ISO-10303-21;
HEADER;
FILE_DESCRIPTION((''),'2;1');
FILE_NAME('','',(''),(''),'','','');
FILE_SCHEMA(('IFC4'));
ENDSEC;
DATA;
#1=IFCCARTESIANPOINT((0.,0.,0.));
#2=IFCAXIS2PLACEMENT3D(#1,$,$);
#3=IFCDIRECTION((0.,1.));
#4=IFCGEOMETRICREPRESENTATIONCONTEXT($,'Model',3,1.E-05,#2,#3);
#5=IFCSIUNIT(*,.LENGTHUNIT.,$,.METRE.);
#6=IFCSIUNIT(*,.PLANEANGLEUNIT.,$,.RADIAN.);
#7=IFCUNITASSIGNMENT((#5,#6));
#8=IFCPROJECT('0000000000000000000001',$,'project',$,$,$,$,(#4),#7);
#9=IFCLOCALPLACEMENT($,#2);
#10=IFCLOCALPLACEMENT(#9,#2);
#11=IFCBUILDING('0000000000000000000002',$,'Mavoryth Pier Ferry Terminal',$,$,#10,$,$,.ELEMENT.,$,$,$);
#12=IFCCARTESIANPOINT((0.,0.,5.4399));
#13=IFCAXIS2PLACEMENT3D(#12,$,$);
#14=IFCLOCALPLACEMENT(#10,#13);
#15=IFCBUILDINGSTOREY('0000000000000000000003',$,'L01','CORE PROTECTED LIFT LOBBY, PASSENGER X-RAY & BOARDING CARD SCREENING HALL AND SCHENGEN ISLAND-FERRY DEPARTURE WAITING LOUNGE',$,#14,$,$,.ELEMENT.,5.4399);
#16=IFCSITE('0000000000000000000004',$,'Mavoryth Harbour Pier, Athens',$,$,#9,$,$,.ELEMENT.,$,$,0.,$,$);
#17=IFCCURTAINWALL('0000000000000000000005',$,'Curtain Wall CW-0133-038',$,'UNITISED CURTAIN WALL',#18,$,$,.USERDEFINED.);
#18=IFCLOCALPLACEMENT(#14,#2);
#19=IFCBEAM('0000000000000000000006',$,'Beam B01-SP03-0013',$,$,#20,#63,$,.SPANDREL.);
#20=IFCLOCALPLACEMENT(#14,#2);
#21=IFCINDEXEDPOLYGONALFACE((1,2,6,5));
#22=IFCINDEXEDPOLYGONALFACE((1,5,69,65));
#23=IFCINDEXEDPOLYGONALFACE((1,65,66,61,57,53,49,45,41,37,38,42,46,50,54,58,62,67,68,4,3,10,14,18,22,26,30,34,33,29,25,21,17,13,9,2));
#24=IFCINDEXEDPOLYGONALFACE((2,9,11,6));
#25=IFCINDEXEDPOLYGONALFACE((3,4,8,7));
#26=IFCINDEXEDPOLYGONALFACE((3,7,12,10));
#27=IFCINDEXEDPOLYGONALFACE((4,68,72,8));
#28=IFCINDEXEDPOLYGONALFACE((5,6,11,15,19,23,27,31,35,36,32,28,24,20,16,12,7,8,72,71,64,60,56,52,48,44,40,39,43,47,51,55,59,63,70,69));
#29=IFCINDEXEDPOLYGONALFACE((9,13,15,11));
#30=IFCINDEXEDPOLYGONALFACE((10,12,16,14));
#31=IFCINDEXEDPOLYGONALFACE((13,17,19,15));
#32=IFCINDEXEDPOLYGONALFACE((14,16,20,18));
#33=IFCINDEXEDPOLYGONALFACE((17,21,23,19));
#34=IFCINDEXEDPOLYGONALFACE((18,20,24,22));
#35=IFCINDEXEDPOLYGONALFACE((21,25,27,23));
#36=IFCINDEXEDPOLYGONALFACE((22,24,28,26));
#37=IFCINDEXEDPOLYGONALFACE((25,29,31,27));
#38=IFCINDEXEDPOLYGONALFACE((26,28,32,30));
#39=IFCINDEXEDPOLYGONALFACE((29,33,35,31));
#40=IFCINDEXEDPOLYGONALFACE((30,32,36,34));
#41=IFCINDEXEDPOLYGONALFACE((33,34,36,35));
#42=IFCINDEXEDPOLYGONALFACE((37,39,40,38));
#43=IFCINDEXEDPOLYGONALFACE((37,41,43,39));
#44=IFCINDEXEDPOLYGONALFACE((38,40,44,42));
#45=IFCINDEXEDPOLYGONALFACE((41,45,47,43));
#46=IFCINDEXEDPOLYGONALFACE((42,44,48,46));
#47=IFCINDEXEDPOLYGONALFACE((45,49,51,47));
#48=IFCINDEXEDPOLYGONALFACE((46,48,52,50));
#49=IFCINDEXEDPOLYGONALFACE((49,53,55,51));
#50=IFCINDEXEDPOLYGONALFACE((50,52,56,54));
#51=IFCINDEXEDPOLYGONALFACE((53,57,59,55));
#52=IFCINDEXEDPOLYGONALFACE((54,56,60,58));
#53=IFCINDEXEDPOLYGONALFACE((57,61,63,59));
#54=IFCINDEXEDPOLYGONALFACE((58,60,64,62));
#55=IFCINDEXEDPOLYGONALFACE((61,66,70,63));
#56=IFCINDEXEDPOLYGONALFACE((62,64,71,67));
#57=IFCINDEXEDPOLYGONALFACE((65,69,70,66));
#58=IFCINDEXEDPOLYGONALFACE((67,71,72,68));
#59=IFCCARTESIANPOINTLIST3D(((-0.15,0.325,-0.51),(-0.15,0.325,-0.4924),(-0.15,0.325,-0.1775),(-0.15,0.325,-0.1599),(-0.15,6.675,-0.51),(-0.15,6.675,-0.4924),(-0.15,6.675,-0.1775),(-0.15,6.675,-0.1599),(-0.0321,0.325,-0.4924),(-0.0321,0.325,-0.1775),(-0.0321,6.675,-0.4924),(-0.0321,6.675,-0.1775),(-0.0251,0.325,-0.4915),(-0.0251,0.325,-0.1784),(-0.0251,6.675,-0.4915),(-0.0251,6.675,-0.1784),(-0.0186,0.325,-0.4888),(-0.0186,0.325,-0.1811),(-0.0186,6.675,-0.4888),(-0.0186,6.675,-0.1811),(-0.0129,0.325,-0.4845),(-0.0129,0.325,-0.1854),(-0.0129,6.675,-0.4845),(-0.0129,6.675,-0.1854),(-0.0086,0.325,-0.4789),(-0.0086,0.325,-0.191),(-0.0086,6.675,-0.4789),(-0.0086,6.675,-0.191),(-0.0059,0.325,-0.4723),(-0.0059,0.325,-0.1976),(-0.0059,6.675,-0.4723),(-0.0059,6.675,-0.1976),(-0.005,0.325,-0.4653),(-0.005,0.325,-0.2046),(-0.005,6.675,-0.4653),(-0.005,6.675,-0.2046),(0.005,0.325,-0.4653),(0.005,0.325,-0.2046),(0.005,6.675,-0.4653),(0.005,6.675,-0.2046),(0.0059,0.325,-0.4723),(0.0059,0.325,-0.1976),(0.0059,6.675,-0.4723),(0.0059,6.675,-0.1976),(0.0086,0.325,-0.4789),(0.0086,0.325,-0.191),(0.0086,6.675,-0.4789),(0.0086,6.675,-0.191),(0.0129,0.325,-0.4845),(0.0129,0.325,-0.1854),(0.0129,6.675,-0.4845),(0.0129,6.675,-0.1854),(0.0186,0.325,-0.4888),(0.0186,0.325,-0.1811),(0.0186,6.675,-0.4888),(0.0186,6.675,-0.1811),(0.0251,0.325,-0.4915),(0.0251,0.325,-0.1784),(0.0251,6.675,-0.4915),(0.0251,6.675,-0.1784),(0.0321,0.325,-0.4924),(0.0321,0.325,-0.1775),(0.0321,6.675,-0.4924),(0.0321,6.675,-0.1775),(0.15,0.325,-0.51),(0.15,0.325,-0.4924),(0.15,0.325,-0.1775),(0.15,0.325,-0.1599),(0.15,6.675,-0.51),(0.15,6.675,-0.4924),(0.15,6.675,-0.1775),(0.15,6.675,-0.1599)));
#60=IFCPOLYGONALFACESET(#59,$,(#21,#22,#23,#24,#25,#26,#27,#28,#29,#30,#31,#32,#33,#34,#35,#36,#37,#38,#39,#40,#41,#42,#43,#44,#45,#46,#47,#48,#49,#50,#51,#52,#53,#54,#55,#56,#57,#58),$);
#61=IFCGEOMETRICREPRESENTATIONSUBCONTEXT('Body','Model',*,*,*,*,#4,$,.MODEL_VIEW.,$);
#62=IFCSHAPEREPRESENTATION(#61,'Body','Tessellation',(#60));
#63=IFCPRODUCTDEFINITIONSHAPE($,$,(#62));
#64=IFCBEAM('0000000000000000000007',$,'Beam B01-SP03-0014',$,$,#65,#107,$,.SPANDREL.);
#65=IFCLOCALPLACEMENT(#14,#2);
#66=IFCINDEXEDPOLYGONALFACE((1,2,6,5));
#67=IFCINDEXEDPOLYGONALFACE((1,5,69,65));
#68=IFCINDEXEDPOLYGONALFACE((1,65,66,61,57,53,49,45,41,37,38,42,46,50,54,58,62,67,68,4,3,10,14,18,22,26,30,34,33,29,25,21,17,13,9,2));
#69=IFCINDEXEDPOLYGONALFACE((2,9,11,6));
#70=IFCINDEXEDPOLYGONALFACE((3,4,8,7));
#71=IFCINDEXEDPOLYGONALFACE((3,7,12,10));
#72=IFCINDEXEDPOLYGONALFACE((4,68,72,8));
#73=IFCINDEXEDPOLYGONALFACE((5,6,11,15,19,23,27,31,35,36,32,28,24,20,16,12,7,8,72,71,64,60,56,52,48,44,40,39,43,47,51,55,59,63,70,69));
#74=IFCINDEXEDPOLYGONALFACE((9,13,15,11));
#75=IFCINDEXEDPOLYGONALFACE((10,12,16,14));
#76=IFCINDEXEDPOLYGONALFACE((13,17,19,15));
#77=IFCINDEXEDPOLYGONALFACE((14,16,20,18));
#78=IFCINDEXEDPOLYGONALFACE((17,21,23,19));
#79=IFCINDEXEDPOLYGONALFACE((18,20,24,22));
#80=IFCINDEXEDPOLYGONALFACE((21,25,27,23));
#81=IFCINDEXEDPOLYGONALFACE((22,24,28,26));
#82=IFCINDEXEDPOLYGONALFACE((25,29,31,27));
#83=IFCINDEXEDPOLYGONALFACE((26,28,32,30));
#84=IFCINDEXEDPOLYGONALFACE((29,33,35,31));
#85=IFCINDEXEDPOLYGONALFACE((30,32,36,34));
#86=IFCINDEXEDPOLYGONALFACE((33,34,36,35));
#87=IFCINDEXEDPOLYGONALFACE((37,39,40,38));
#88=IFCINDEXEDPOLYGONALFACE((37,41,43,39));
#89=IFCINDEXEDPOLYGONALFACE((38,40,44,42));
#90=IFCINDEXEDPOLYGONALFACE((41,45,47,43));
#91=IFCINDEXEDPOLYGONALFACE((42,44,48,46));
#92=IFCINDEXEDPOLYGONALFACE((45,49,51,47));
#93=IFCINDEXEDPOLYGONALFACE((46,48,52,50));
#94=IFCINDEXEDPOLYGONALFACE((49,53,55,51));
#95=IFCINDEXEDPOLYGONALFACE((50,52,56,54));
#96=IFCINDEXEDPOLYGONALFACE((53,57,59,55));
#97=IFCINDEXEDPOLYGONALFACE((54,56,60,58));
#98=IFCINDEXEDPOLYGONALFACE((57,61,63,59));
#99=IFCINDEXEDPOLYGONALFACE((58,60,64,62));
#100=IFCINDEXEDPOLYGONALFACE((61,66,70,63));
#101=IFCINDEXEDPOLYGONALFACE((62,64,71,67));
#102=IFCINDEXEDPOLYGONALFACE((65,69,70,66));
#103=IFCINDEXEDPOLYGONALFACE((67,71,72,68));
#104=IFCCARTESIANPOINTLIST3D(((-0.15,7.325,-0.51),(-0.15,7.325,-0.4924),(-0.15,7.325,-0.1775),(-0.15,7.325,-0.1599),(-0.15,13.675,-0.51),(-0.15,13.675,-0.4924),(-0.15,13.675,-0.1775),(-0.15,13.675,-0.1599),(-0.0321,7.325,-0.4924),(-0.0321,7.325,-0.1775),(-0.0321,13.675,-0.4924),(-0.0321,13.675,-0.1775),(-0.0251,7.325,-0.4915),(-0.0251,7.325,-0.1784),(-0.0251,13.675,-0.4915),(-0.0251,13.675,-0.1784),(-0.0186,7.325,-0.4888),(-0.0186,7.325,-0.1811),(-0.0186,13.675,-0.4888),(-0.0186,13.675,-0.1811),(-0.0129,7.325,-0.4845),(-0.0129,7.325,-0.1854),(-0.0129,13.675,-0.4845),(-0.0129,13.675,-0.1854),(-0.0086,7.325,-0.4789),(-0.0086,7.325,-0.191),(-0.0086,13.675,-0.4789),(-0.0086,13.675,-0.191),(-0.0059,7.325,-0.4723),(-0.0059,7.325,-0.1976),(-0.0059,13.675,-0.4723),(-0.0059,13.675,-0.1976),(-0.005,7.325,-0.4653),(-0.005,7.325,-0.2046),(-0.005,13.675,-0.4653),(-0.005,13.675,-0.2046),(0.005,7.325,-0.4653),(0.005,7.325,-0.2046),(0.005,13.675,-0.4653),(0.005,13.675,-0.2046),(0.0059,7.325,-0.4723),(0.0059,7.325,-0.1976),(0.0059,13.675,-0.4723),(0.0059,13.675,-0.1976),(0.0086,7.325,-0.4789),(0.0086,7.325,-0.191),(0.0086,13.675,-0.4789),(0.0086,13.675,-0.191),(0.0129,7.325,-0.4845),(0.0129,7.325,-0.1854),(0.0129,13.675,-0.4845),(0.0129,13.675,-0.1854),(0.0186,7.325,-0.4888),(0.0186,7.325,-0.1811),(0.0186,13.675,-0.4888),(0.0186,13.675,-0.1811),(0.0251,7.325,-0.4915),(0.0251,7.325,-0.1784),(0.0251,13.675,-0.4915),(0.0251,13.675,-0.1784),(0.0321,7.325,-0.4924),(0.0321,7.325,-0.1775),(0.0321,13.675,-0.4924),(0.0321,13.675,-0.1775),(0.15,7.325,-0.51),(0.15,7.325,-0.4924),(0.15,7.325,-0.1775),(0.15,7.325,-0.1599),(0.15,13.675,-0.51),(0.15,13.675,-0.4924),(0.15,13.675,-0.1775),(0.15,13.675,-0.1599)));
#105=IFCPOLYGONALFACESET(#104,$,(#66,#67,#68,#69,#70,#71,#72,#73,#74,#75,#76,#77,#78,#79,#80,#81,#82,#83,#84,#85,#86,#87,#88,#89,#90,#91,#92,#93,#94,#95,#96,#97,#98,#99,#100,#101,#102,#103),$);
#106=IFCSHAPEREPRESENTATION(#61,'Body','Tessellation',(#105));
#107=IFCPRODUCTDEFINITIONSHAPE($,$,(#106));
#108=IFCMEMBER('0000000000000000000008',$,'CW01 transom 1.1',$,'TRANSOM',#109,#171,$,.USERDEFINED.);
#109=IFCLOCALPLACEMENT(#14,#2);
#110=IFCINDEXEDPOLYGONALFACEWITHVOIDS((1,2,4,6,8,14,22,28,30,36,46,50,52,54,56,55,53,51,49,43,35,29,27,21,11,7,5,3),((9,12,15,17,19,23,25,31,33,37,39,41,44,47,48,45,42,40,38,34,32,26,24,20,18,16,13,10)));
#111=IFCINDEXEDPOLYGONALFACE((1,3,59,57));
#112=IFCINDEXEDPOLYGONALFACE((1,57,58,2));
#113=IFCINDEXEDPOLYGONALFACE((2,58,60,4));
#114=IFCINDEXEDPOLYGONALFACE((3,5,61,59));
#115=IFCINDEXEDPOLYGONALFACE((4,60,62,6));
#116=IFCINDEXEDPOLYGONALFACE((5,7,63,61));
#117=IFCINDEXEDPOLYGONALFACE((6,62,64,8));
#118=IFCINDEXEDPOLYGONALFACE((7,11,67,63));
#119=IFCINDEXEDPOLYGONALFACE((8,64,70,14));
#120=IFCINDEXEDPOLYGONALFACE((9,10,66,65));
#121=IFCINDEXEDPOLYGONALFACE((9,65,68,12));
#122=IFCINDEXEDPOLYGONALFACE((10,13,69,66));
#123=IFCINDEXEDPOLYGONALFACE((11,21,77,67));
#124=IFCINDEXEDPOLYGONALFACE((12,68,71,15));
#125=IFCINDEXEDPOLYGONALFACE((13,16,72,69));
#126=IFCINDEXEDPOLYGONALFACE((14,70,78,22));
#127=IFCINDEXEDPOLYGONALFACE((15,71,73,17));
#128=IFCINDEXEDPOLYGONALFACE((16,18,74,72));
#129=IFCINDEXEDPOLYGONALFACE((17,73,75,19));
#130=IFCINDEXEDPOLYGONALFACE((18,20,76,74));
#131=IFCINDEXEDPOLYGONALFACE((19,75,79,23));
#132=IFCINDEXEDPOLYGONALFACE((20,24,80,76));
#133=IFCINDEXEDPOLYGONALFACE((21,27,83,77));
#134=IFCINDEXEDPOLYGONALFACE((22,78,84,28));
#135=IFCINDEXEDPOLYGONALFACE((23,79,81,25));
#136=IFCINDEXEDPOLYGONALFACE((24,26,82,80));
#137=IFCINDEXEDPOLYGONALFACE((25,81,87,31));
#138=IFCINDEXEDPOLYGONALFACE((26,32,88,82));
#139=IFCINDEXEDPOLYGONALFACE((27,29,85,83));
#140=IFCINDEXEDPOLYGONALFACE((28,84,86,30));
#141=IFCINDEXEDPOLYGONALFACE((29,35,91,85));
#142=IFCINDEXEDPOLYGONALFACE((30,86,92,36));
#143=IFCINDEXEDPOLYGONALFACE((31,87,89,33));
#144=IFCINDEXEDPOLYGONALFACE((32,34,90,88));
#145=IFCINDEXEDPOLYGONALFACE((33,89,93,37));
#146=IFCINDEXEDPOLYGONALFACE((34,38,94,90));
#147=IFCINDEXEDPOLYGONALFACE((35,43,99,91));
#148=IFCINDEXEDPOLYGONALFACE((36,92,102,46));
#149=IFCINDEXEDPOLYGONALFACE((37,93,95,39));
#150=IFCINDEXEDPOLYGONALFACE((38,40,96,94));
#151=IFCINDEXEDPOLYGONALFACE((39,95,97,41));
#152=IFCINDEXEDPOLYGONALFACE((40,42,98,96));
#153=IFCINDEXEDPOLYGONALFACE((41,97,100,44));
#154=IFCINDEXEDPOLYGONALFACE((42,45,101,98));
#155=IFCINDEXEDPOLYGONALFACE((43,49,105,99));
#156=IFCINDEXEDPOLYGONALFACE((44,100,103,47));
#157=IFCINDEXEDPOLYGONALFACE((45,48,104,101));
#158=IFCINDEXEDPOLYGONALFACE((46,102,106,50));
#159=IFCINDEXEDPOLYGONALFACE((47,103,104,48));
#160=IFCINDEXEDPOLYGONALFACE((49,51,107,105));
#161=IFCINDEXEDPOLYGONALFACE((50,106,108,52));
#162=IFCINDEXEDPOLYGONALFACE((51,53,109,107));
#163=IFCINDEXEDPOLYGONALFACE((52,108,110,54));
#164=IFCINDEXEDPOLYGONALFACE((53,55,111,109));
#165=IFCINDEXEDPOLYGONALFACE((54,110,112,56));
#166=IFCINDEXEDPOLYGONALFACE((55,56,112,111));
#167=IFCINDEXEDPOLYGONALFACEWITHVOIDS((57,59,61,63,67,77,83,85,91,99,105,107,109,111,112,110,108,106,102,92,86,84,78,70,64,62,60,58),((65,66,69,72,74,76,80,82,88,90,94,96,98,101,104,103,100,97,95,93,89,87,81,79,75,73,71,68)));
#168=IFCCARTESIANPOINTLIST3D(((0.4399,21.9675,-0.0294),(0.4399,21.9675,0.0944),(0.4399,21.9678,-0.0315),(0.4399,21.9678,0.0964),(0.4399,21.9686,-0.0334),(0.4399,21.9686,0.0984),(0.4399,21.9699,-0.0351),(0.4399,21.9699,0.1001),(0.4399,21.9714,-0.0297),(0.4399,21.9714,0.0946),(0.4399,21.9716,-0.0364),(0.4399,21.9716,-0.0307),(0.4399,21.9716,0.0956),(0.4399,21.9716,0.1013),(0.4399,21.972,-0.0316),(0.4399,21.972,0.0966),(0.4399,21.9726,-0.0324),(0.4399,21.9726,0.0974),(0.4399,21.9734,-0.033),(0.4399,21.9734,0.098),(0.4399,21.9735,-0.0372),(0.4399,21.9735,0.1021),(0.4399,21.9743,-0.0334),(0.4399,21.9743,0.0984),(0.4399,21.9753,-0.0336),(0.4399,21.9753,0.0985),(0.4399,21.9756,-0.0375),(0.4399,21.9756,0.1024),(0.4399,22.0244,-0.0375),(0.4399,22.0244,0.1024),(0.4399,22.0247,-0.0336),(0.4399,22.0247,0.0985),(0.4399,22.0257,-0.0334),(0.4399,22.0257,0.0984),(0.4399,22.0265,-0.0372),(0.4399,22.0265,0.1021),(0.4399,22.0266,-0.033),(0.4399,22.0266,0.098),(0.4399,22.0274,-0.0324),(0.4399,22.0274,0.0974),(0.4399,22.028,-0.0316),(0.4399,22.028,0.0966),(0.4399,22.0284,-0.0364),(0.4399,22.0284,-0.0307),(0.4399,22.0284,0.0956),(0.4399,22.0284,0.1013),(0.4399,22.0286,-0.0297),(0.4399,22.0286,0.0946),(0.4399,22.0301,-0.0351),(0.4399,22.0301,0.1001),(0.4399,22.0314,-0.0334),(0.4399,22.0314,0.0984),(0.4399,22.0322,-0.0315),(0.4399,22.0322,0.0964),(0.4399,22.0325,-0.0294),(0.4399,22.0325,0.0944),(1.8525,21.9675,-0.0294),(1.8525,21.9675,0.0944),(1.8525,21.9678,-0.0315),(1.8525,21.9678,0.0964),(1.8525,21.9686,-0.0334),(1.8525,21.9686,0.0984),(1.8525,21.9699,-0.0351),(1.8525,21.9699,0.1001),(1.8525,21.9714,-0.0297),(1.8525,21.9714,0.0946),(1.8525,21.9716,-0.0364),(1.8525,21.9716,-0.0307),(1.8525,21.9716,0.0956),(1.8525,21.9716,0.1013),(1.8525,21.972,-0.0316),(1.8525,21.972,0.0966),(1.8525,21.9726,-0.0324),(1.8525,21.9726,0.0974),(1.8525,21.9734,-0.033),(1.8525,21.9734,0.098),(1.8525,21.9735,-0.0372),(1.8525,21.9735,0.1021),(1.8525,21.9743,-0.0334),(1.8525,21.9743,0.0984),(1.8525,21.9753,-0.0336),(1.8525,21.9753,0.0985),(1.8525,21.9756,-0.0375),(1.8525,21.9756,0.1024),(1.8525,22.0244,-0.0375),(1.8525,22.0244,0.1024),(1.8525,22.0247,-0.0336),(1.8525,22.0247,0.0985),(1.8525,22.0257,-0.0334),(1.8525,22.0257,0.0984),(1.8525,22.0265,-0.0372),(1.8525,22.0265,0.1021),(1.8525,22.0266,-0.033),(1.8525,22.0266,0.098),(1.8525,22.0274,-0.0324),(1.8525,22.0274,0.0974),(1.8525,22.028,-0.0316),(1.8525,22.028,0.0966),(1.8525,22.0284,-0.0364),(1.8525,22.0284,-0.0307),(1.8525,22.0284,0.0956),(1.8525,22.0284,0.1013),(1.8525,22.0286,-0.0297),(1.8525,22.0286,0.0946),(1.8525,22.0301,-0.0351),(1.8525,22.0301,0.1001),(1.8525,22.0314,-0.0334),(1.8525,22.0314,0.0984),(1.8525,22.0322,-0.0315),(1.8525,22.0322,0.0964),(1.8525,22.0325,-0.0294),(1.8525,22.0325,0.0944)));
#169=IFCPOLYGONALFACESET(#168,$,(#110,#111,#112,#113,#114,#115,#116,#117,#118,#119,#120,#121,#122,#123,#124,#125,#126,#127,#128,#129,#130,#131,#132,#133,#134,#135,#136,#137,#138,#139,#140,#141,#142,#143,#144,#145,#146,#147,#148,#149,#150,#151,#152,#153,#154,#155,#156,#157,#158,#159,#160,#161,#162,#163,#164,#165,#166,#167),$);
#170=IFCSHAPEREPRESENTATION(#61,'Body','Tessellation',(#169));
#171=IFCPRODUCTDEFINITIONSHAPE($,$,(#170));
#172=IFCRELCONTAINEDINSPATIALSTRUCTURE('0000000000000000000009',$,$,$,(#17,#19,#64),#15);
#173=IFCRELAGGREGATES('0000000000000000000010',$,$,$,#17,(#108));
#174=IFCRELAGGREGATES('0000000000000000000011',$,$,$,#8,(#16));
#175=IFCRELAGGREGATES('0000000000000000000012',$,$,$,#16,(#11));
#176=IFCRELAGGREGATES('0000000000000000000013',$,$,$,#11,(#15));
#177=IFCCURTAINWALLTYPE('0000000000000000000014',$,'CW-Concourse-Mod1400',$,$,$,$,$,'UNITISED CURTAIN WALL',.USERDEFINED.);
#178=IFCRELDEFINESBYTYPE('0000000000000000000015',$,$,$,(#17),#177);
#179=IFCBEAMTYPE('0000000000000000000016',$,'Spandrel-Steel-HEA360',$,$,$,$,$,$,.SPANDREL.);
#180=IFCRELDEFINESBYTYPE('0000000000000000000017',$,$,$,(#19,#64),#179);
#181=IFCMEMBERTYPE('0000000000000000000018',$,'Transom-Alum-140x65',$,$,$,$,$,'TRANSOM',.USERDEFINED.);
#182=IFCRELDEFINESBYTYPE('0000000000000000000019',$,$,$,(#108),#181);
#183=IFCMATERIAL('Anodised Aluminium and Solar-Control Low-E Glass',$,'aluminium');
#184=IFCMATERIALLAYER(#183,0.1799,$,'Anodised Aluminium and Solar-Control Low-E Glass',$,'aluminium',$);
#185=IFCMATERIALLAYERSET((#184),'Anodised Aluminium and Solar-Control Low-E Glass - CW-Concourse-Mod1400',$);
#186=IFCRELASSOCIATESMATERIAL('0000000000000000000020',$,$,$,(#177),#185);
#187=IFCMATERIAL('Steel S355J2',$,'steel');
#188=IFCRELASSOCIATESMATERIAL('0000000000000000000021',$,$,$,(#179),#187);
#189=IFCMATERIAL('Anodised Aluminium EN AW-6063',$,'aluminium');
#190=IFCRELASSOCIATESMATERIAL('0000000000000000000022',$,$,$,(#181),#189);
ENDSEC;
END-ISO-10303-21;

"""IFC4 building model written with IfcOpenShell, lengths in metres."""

from ifc_helpers import new_model, si_unit, direction, frame, origin, origin_2d, place, context, subcontext, project, spatial, hollow_rectangle, i_section, extrude, material, layer, layer_set, material_profile, profile_set, type_object, element, aggregate, save


model = new_model("IFC4")

# Units and contexts
model_context = context("Model", 3, precision=1e-05, world=origin(), true_north=direction((0.0, 1.0)))
body_context = subcontext(model_context, "Body", "Model", "MODEL_VIEW")
ifc_project = project(units=[si_unit("LENGTHUNIT", "METRE"), si_unit("PLANEANGLEUNIT", "RADIAN")], contexts=[model_context])

# Site, building, storey
site_placement = place(None, origin())
site = spatial("IfcSite", under=ifc_project, at=site_placement, Name="Mavoryth Harbour Pier, Athens", CompositionType="ELEMENT", RefElevation=0.0)
building_placement = place(site_placement, origin())
building = spatial("IfcBuilding", under=site, at=building_placement, Name="Mavoryth Pier Ferry Terminal", CompositionType="ELEMENT")
storey_placement = place(building_placement, frame((0.0, 0.0, 5.4399)))
storey = spatial("IfcBuildingStorey", under=building, at=storey_placement, Name="L01", Description="CORE PROTECTED LIFT LOBBY, PASSENGER X-RAY & BOARDING CARD SCREENING HALL AND SCHENGEN ISLAND-FERRY DEPARTURE WAITING LOUNGE", CompositionType="ELEMENT", Elevation=5.4399)

# Shared definitions
ifc_material_1 = material(Name="Steel S355J2", Category="steel")

# Curtain wall
ifc_material_2 = material(Name="Anodised Aluminium and Solar-Control Low-E Glass", Category="aluminium")
ifc_layer_1 = layer(ifc_material_2, 0.1799, Name="Anodised Aluminium and Solar-Control Low-E Glass", Category="aluminium")
ifc_layer_set_1 = layer_set([ifc_layer_1], Name="Anodised Aluminium and Solar-Control Low-E Glass - CW-Concourse-Mod1400")
curtain_wall_type = type_object("IfcCurtainWallType", Name="CW-Concourse-Mod1400", ElementType="UNITISED CURTAIN WALL", PredefinedType="USERDEFINED", material=ifc_layer_set_1)
curtain_wall_placement = place(storey_placement, origin())
curtain_wall = element("IfcCurtainWall", 1, at=curtain_wall_placement, inside=storey, type_object=curtain_wall_type, Name="Curtain Wall CW-0133-038", ObjectType="UNITISED CURTAIN WALL", PredefinedType="USERDEFINED")
ifc_material_3 = material(Name="Anodised Aluminium EN AW-6063", Category="aluminium")

# Beams
ifc_material_profile_1 = material_profile(ifc_material_1, i_section(OverallWidth=0.3, OverallDepth=0.3501, WebThickness=0.01, FlangeThickness=0.0176, FilletRadius=0.0271, at=origin_2d()), Name="HEA 360", Category="steel")
ifc_profile_set_1 = profile_set([ifc_material_profile_1], Name="Steel S355J2 - HEA 360")
beam_type_1 = type_object("IfcBeamType", Name="Spandrel-Steel-HEA360", PredefinedType="SPANDREL", material=ifc_profile_set_1)
for number, where, z_axis, x_axis, name in (
    (2, (0.0, 0.325, -0.335), (0.0, 1.0, 0.0), (-1.0, 0.0, 0.0), "Beam B01-SP03-0013"),
    (3, (0.0, 7.325, -0.335), (0.0, 1.0, 0.0), (-1.0, 0.0, 0.0), "Beam B01-SP03-0014"),
):
    element("IfcBeam", number, at=place(storey_placement, frame(where, z_axis=z_axis, x_axis=x_axis)), inside=storey, type_object=beam_type_1, Name=name, PredefinedType="SPANDREL", context=body_context, shape_type="SweptSolid", body=[
        extrude(i_section(OverallWidth=0.3, OverallDepth=0.3501, WebThickness=0.01, FlangeThickness=0.0176, FilletRadius=0.0271, at=origin_2d()), origin(), (0.0, 0.0, 1.0), 6.3501),
    ])

# Member
ifc_material_profile_2 = material_profile(ifc_material_3, hollow_rectangle(XDim=0.0649, YDim=0.1399, WallThickness=0.0039, InnerFilletRadius=0.0039, OuterFilletRadius=0.0081, at=origin_2d()), Name="AL-TRAN 140x65x4", Category="aluminium")
ifc_profile_set_2 = profile_set([ifc_material_profile_2], Name="Anodised Aluminium EN AW-6063 - AL-TRAN 140x65x4")
member_type_1 = type_object("IfcMemberType", Name="Transom-Alum-140x65", ElementType="TRANSOM", PredefinedType="USERDEFINED", material=ifc_profile_set_2)
member_1_placement = place(storey_placement, frame((0.4399, 22.0, 0.0325), z_axis=(1.0, 0.0, 0.0), x_axis=(0.0, 1.0, 0.0)))
member_1 = element("IfcMember", 4, at=member_1_placement, type_object=member_type_1, Name="CW01 transom 1.1", ObjectType="TRANSOM", PredefinedType="USERDEFINED", context=body_context, shape_type="SweptSolid", body=[
    extrude(hollow_rectangle(XDim=0.0649, YDim=0.1399, WallThickness=0.0039, InnerFilletRadius=0.0039, OuterFilletRadius=0.0081, at=origin_2d()), origin(), (0.0, 0.0, 1.0), 1.4126),
])

aggregate(curtain_wall, [member_1])

save(model, "model.ifc")
